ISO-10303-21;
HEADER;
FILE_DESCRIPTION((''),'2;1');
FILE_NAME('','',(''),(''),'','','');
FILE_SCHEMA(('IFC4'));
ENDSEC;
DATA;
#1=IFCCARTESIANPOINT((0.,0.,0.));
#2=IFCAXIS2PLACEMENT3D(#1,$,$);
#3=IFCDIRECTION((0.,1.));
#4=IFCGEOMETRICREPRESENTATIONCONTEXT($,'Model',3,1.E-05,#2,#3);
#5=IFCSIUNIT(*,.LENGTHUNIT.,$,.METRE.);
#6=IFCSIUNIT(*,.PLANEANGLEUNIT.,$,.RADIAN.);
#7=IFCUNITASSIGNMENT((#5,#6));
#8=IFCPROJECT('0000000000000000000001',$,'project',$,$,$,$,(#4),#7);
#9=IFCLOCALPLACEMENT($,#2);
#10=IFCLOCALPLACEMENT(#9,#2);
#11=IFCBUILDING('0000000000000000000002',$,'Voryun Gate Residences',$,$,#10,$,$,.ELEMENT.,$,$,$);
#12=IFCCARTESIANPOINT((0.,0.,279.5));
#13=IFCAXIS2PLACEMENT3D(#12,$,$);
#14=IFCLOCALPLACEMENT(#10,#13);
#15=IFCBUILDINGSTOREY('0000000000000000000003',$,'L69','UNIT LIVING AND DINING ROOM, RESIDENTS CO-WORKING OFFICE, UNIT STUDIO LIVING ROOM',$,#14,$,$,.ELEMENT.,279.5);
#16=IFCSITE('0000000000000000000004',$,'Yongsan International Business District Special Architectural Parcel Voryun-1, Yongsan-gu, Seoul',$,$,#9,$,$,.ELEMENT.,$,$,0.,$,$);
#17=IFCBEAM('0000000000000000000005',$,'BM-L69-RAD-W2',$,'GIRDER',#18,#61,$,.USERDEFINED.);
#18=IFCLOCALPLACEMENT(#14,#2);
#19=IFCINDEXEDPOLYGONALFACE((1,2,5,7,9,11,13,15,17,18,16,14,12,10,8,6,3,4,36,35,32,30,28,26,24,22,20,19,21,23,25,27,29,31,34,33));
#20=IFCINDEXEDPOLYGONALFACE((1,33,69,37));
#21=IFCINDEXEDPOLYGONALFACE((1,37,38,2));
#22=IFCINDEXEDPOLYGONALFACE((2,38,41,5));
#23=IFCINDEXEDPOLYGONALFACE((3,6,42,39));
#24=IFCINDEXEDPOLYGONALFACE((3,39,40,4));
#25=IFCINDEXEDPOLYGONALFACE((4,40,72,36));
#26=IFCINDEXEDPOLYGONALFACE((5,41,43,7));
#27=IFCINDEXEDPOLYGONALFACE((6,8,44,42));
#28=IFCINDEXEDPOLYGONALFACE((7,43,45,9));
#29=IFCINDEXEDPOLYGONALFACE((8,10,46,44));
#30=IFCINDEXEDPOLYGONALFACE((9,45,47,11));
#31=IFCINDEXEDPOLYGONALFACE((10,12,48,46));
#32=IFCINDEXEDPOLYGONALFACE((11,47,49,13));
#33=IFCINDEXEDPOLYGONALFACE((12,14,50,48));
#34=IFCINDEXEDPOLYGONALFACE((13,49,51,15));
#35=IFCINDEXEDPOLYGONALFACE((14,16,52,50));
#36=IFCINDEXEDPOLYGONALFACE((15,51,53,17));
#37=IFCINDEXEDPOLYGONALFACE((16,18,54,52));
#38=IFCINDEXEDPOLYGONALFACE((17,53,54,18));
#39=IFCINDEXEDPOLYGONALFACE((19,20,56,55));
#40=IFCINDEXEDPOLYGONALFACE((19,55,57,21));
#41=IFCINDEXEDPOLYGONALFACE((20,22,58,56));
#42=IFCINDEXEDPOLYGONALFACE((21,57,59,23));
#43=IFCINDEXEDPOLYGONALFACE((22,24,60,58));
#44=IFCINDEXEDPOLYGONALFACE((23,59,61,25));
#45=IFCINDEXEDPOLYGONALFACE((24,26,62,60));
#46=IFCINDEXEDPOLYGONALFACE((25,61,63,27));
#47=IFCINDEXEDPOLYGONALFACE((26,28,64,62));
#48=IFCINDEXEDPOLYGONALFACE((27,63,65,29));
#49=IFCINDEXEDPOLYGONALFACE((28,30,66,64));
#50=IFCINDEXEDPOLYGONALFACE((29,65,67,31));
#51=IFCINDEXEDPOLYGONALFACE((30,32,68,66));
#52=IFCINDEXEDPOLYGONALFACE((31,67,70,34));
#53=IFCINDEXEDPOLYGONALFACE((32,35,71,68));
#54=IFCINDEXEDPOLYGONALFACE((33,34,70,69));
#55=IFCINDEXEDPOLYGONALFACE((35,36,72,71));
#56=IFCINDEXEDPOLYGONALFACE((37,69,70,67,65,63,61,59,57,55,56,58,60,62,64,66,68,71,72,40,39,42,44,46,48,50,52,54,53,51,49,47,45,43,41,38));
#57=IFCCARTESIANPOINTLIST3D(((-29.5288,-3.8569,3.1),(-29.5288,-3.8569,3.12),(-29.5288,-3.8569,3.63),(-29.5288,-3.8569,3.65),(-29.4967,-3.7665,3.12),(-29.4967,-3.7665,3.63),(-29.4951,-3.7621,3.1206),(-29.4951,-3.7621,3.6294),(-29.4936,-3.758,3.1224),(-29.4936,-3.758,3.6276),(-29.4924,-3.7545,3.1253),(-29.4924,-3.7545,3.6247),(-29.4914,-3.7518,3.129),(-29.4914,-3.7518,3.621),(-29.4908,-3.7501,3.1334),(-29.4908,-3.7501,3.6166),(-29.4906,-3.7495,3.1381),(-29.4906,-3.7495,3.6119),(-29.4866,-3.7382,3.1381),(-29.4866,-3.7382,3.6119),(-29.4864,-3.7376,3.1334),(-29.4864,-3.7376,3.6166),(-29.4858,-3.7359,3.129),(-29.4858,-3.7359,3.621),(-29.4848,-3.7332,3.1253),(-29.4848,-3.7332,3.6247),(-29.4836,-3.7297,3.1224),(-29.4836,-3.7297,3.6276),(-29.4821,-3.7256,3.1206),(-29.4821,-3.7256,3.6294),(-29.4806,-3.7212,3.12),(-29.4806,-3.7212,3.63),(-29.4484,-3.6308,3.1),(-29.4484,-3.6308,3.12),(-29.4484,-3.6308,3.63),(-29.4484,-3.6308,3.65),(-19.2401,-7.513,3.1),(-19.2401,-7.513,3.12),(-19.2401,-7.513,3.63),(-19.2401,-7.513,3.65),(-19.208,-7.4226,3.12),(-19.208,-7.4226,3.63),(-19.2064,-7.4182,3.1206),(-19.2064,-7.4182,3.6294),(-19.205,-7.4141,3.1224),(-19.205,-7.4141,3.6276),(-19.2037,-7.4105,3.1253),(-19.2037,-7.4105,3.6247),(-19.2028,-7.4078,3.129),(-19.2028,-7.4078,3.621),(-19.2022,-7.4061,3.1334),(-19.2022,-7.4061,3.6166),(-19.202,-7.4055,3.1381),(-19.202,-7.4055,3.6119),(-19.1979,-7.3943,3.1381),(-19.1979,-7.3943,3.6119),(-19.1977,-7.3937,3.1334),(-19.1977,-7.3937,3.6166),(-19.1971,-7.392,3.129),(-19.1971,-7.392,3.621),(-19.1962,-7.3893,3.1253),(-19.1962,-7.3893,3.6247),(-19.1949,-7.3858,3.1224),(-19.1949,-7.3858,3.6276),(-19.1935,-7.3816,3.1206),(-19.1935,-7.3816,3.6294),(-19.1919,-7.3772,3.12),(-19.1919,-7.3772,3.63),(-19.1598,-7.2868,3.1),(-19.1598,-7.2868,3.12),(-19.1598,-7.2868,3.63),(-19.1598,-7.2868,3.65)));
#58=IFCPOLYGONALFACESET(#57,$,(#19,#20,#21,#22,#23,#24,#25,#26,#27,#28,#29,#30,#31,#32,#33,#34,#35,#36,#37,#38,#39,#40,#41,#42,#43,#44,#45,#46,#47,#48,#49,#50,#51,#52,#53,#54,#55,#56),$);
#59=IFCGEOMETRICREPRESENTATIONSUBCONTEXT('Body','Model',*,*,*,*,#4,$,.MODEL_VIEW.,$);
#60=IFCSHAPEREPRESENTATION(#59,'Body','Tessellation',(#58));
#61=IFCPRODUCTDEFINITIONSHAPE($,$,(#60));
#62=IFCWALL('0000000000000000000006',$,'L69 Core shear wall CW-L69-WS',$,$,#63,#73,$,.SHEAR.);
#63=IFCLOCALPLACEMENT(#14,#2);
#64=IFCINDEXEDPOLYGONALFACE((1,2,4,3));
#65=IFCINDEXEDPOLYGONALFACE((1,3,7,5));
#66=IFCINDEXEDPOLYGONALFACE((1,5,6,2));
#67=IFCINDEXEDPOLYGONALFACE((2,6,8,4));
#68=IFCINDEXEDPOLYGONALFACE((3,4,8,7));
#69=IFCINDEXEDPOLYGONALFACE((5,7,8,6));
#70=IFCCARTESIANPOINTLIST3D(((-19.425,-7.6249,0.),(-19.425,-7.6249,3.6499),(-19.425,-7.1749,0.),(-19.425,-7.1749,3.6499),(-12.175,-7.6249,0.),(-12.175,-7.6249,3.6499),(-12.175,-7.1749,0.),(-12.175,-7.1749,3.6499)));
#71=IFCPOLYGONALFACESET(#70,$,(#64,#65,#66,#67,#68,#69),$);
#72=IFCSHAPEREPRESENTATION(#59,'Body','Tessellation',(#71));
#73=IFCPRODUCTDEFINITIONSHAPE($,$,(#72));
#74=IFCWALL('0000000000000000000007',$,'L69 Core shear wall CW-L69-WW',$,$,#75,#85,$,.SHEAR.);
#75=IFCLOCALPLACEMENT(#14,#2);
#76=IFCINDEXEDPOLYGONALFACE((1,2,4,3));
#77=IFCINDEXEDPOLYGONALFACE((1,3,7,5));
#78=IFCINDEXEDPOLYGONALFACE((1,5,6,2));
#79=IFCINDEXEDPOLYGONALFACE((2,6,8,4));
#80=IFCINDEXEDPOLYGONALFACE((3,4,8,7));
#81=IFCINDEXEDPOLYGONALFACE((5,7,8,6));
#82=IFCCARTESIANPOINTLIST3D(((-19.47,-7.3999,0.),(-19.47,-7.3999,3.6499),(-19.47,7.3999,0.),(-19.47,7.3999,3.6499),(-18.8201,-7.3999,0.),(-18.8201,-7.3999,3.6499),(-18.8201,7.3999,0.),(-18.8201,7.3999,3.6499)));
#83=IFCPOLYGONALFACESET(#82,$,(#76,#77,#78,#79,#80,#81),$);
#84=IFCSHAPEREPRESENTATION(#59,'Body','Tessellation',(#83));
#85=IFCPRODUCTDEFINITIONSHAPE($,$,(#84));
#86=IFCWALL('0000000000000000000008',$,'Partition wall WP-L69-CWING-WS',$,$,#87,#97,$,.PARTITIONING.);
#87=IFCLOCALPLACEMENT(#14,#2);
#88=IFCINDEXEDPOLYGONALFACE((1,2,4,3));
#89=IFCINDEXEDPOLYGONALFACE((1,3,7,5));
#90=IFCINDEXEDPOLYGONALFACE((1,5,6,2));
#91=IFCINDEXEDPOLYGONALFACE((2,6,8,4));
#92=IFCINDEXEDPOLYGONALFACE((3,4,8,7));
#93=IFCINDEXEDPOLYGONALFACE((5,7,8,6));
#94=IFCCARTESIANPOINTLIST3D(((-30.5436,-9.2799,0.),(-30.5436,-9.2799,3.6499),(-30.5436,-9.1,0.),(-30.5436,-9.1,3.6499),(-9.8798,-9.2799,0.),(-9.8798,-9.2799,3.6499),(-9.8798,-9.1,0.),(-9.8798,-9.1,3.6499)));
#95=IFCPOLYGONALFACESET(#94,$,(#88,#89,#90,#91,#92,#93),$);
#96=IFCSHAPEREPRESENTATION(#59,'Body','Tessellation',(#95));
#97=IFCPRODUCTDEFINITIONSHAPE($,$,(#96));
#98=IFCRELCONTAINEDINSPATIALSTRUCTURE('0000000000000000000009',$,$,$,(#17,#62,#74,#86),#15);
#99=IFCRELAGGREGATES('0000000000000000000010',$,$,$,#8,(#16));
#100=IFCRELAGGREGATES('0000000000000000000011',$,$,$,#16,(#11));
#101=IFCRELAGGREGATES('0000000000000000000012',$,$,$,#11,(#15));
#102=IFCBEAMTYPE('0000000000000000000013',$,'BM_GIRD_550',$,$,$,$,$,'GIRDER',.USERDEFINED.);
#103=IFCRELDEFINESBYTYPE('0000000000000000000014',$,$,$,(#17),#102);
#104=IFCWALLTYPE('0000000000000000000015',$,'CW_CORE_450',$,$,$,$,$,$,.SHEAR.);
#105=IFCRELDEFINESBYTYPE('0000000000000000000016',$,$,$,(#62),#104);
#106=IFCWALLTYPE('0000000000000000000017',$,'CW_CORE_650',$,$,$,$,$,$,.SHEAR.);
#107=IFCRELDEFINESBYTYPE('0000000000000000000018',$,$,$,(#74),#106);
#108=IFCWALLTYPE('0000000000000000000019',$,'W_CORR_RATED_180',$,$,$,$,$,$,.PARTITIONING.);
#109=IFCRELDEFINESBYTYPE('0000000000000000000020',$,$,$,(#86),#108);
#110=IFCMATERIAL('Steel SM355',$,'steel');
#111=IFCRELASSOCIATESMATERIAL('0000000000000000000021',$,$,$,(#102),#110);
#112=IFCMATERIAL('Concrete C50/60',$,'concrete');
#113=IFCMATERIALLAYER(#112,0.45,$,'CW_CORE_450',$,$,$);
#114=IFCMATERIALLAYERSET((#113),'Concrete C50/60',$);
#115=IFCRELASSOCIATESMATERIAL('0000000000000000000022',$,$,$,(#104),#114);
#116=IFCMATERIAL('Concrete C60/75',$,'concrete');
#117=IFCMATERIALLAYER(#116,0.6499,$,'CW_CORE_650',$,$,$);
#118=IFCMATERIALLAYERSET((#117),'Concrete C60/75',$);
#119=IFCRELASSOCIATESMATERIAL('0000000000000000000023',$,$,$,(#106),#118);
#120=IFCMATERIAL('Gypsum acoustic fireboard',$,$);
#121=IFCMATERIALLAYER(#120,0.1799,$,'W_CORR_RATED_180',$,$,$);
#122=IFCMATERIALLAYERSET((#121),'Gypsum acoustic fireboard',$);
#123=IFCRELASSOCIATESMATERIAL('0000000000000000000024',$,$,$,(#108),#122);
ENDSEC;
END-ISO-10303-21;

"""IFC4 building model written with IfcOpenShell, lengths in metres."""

from ifc_helpers import new_model, si_unit, direction, frame, frame_2d, origin, origin_2d, place, context, subcontext, project, spatial, rectangle, i_section, extrude, material, layer, layer_set, material_profile, profile_set, type_object, element, save


model = new_model("IFC4")

# Units and contexts
model_context = context("Model", 3, precision=1e-05, world=origin(), true_north=direction((0.0, 1.0)))
body_context = subcontext(model_context, "Body", "Model", "MODEL_VIEW")
ifc_project = project(units=[si_unit("LENGTHUNIT", "METRE"), si_unit("PLANEANGLEUNIT", "RADIAN")], contexts=[model_context])

# Site, building, storey
site_placement = place(None, origin())
site = spatial("IfcSite", under=ifc_project, at=site_placement, Name="Yongsan International Business District Special Architectural Parcel Voryun-1, Yongsan-gu, Seoul", CompositionType="ELEMENT", RefElevation=0.0)
building_placement = place(site_placement, origin())
building = spatial("IfcBuilding", under=site, at=building_placement, Name="Voryun Gate Residences", CompositionType="ELEMENT")
storey_placement = place(building_placement, frame((0.0, 0.0, 279.5)))
storey = spatial("IfcBuildingStorey", under=building, at=storey_placement, Name="L69", Description="UNIT LIVING AND DINING ROOM, RESIDENTS CO-WORKING OFFICE, UNIT STUDIO LIVING ROOM", CompositionType="ELEMENT", Elevation=279.5)

# Beam
ifc_material_1 = material(Name="Steel SM355", Category="steel")
ifc_material_profile_1 = material_profile(ifc_material_1, i_section(OverallWidth=0.24, OverallDepth=0.55, WebThickness=0.012, FlangeThickness=0.02, FilletRadius=0.0181, at=origin_2d()), Name="H-550x240x12x20")
ifc_profile_set_1 = profile_set([ifc_material_profile_1], Name="Steel SM355")
beam_type_1 = type_object("IfcBeamType", Name="BM_GIRD_550", ElementType="GIRDER", PredefinedType="USERDEFINED", material=ifc_profile_set_1)
beam_1_placement = place(storey_placement, frame((-19.2, -7.3999, 3.375), z_axis=(-0.942277, 0.334835, 0.0), x_axis=(-0.334835, -0.942277, 0.0)))
element("IfcBeam", 1, at=beam_1_placement, inside=storey, type_object=beam_type_1, Name="BM-L69-RAD-W2", ObjectType="GIRDER", PredefinedType="USERDEFINED", context=body_context, shape_type="SweptSolid", body=[
    extrude(i_section(OverallWidth=0.24, OverallDepth=0.55, WebThickness=0.012, FlangeThickness=0.02, FilletRadius=0.0181, at=origin_2d()), origin(), (0.0, 0.0, 1.0), 10.9189),
])

# Walls
ifc_material_2 = material(Name="Concrete C50/60", Category="concrete")
ifc_layer_1 = layer(ifc_material_2, 0.45, Name="CW_CORE_450")
ifc_layer_set_1 = layer_set([ifc_layer_1], Name="Concrete C50/60")
wall_type_1 = type_object("IfcWallType", Name="CW_CORE_450", PredefinedType="SHEAR", material=ifc_layer_set_1)
wall_1_placement = place(storey_placement, frame((-19.425, -7.3999, 0.0), z_axis=(0.0, 0.0, 1.0), x_axis=(1.0, 0.0, 0.0)))
element("IfcWall", 2, at=wall_1_placement, inside=storey, type_object=wall_type_1, Name="L69 Core shear wall CW-L69-WS", PredefinedType="SHEAR", context=body_context, shape_type="SweptSolid", body=[
    extrude(rectangle(XDim=7.25, YDim=0.45, at=frame_2d((3.625, 0.0))), origin(), (0.0, 0.0, 1.0), 3.6499),
])
ifc_material_3 = material(Name="Concrete C60/75", Category="concrete")
ifc_layer_2 = layer(ifc_material_3, 0.6499, Name="CW_CORE_650")
ifc_layer_set_2 = layer_set([ifc_layer_2], Name="Concrete C60/75")
wall_type_2 = type_object("IfcWallType", Name="CW_CORE_650", PredefinedType="SHEAR", material=ifc_layer_set_2)
wall_2_placement = place(storey_placement, frame((-19.145, -7.3999, 0.0), z_axis=(0.0, 0.0, 1.0), x_axis=(0.0, 1.0, 0.0)))
element("IfcWall", 3, at=wall_2_placement, inside=storey, type_object=wall_type_2, Name="L69 Core shear wall CW-L69-WW", PredefinedType="SHEAR", context=body_context, shape_type="SweptSolid", body=[
    extrude(rectangle(XDim=14.7998, YDim=0.6499, at=frame_2d((7.3999, 0.0))), origin(), (0.0, 0.0, 1.0), 3.6499),
])
ifc_material_4 = material(Name="Gypsum acoustic fireboard")
ifc_layer_3 = layer(ifc_material_4, 0.1799, Name="W_CORR_RATED_180")
ifc_layer_set_3 = layer_set([ifc_layer_3], Name="Gypsum acoustic fireboard")
wall_type_3 = type_object("IfcWallType", Name="W_CORR_RATED_180", PredefinedType="PARTITIONING", material=ifc_layer_set_3)
wall_3_placement = place(storey_placement, frame((-30.5437, -9.1899, 0.0), z_axis=(0.0, 0.0, 1.0), x_axis=(1.0, 0.0, 0.0)))
element("IfcWall", 4, at=wall_3_placement, inside=storey, type_object=wall_type_3, Name="Partition wall WP-L69-CWING-WS", PredefinedType="PARTITIONING", context=body_context, shape_type="SweptSolid", body=[
    extrude(rectangle(XDim=20.6638, YDim=0.1799, at=frame_2d((10.332, 0.0))), origin(), (0.0, 0.0, 1.0), 3.6499),
])

save(model, "model.ifc")
